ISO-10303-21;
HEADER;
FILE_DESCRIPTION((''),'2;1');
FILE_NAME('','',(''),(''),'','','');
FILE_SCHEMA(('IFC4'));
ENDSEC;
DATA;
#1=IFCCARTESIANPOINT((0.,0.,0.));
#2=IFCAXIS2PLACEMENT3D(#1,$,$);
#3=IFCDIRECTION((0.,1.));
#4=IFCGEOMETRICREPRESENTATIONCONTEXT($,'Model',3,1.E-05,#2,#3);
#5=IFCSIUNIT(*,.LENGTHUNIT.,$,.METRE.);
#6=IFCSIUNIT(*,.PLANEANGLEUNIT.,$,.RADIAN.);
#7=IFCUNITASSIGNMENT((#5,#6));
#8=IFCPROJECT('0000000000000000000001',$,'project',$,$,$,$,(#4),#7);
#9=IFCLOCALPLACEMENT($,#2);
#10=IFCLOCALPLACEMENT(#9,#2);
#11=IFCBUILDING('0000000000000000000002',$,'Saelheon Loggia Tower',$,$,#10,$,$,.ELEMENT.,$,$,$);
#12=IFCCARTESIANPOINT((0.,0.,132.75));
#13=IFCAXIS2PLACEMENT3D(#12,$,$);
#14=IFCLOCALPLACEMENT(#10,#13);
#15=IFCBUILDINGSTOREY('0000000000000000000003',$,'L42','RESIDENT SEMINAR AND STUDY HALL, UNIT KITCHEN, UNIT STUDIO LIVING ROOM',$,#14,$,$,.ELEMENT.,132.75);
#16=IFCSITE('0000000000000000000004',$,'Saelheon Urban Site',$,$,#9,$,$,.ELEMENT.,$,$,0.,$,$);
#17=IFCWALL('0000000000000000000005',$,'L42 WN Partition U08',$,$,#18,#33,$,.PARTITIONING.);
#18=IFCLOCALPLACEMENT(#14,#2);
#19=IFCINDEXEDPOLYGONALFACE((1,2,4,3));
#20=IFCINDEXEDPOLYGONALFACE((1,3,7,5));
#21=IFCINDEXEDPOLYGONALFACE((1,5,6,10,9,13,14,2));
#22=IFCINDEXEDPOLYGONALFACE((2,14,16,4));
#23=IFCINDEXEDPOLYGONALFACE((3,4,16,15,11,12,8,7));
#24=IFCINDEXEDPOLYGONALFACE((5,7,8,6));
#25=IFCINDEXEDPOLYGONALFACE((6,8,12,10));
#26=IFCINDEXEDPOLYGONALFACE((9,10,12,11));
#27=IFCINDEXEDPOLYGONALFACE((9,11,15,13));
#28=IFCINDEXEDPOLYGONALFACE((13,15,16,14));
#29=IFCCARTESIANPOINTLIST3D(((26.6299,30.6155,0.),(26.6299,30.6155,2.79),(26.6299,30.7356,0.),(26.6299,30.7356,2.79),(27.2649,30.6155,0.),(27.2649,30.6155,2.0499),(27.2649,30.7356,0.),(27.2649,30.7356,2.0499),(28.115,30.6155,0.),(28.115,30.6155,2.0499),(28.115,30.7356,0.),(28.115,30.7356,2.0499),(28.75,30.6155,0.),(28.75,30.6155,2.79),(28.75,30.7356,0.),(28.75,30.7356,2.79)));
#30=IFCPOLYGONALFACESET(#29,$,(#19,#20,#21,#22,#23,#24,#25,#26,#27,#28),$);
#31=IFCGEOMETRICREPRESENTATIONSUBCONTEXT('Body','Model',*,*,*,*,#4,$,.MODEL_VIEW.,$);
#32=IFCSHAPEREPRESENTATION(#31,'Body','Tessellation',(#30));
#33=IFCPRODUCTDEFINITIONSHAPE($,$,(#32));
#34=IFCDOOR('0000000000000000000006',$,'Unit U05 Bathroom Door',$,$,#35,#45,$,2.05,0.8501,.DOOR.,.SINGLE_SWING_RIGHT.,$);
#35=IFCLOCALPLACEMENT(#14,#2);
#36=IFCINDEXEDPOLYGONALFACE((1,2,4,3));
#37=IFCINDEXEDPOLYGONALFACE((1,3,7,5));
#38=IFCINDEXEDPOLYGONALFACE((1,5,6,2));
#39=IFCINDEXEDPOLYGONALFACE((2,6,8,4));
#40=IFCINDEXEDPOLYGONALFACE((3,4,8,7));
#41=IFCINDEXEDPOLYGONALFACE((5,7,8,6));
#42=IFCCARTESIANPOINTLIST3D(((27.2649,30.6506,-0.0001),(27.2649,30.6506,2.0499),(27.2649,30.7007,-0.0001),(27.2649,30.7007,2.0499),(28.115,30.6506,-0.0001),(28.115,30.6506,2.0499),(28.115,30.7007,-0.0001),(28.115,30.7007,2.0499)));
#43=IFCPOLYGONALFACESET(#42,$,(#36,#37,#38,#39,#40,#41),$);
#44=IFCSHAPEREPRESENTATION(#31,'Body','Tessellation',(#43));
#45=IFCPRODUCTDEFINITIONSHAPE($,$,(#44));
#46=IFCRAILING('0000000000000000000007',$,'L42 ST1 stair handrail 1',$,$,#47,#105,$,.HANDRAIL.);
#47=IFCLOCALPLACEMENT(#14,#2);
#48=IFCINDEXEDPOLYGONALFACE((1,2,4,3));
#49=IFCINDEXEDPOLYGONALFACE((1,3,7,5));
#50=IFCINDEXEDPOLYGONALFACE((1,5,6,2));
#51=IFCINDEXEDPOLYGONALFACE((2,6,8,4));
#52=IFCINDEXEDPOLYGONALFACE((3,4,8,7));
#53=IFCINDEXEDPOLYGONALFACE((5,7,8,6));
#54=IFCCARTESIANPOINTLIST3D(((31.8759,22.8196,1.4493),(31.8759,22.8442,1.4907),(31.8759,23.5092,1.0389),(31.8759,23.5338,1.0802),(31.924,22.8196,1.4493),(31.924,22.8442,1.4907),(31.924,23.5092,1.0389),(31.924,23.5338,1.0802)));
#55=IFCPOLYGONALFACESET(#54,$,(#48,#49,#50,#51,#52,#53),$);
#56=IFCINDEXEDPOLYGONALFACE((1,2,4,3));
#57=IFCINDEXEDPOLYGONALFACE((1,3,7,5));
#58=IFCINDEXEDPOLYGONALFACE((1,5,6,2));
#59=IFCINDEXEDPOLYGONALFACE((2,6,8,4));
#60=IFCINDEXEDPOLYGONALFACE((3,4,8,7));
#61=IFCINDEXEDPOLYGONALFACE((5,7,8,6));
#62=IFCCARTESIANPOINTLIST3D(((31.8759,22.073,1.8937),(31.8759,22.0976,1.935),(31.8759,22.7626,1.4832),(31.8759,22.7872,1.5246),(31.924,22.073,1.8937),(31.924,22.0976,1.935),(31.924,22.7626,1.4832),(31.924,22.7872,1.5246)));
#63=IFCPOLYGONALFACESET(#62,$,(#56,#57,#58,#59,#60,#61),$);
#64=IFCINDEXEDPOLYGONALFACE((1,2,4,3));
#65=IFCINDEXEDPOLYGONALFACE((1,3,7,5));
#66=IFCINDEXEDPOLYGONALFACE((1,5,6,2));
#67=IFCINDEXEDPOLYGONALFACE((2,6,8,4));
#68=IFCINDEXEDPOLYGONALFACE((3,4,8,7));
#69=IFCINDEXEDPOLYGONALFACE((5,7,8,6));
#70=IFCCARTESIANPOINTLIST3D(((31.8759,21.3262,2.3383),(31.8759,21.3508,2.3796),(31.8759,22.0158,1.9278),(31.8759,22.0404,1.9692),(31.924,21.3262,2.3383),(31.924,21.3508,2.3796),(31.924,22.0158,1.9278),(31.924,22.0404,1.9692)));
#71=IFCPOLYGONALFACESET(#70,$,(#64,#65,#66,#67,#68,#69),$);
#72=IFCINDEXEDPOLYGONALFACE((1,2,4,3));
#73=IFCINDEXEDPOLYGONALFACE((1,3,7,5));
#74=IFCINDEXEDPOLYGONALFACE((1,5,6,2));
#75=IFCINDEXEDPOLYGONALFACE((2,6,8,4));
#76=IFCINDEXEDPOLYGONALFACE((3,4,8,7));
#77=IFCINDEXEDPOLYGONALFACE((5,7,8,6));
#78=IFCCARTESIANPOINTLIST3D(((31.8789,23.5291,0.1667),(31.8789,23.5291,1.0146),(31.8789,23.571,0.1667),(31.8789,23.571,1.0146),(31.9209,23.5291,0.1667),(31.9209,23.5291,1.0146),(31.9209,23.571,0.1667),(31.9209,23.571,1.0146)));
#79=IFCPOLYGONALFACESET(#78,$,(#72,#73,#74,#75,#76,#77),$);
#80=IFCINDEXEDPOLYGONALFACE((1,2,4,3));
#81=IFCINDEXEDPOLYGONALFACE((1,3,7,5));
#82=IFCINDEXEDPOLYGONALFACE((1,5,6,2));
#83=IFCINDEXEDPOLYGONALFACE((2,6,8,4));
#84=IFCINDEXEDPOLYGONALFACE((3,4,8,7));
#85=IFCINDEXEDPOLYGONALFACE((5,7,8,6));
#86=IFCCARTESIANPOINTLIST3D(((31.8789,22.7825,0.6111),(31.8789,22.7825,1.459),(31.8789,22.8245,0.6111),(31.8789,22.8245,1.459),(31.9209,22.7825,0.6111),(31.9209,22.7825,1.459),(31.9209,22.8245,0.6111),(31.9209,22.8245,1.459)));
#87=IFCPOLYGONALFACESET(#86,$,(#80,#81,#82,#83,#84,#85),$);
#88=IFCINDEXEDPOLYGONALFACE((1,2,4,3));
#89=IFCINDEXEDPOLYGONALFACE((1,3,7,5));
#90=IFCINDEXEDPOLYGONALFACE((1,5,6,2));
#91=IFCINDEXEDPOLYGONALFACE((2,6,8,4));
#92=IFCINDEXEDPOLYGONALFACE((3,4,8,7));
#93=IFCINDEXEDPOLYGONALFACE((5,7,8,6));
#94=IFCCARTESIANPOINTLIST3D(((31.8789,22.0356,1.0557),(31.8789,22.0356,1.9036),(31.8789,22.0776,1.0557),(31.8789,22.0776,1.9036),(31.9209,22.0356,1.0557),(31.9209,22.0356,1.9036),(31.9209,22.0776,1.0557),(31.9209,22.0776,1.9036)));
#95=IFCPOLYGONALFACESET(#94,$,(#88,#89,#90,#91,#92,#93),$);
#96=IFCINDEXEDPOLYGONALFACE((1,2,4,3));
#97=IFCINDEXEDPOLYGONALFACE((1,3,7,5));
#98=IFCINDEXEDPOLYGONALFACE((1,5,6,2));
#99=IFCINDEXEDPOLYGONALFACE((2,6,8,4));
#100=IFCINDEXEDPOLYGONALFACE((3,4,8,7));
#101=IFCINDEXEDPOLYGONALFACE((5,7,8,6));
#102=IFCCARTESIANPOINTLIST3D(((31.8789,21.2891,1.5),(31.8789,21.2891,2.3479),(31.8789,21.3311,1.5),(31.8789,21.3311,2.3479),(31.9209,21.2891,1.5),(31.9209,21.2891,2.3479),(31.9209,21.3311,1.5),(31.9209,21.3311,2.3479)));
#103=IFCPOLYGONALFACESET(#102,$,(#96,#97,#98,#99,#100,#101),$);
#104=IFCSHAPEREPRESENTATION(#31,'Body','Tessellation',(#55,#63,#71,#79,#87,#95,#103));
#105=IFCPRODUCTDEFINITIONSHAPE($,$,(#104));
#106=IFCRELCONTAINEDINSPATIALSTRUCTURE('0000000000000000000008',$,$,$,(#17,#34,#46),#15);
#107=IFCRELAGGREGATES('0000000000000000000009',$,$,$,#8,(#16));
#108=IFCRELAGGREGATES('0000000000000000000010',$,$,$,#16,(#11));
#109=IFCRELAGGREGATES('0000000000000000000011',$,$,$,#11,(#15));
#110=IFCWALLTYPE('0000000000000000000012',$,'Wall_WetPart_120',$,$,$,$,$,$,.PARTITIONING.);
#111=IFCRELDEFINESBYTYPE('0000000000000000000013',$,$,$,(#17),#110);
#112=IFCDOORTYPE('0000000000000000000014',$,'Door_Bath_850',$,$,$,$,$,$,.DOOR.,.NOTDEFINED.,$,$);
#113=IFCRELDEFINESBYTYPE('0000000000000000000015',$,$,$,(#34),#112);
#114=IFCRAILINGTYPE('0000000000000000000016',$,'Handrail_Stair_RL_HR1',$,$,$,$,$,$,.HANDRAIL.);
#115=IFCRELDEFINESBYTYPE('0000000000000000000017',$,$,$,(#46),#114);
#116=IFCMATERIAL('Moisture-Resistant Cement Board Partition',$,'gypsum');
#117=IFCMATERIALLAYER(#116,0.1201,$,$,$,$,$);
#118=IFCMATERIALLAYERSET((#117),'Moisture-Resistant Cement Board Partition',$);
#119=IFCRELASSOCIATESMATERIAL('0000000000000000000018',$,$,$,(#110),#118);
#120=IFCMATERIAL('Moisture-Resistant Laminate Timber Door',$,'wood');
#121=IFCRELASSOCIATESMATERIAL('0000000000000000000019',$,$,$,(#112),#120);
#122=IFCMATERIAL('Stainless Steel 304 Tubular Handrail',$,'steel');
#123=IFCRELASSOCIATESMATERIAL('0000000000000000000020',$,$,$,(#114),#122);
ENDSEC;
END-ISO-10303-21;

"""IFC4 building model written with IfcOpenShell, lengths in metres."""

from ifc_helpers import new_model, si_unit, direction, frame, frame_2d, origin, origin_2d, place, context, subcontext, project, spatial, rectangle, extrude, source, transform, mapped, material, layer, layer_set, type_object, element, fill, save


model = new_model("IFC4")

# Units and contexts
model_context = context("Model", 3, precision=1e-05, world=origin(), true_north=direction((0.0, 1.0)))
body_context = subcontext(model_context, "Body", "Model", "MODEL_VIEW")
ifc_project = project(units=[si_unit("LENGTHUNIT", "METRE"), si_unit("PLANEANGLEUNIT", "RADIAN")], contexts=[model_context])

# Site, building, storey
site_placement = place(None, origin())
site = spatial("IfcSite", under=ifc_project, at=site_placement, Name="Saelheon Urban Site", CompositionType="ELEMENT", RefElevation=0.0)
building_placement = place(site_placement, origin())
building = spatial("IfcBuilding", under=site, at=building_placement, Name="Saelheon Loggia Tower", CompositionType="ELEMENT")
storey_placement = place(building_placement, frame((0.0, 0.0, 132.75)))
storey = spatial("IfcBuildingStorey", under=building, at=storey_placement, Name="L42", Description="RESIDENT SEMINAR AND STUDY HALL, UNIT KITCHEN, UNIT STUDIO LIVING ROOM", CompositionType="ELEMENT", Elevation=132.75)

# Wall, opening, door
ifc_material_1 = material(Name="Moisture-Resistant Cement Board Partition", Category="gypsum")
ifc_layer_1 = layer(ifc_material_1, 0.1201)
ifc_layer_set_1 = layer_set([ifc_layer_1], Name="Moisture-Resistant Cement Board Partition")
wall_type_1 = type_object("IfcWallType", Name="Wall_WetPart_120", PredefinedType="PARTITIONING", material=ifc_layer_set_1)
wall_1_placement = place(storey_placement, frame((28.75, 30.6755, 0.0), z_axis=(0.0, 0.0, 1.0), x_axis=(-1.0, 0.0, 0.0)))
wall_1 = element("IfcWall", 1, at=wall_1_placement, inside=storey, type_object=wall_type_1, Name="L42 WN Partition U08", PredefinedType="PARTITIONING", context=body_context, shape_type="SweptSolid", body=[
    extrude(rectangle(XDim=2.1201, YDim=0.1201, at=frame_2d((1.0601, 0.0))), origin(), (0.0, 0.0, 1.0), 2.79),
])
opening_1_placement = place(wall_1_placement, frame((0.635, 0.0, 0.0)))
opening_1 = element("IfcOpeningElement", 2, at=opening_1_placement, cuts=wall_1, PredefinedType="OPENING", context=body_context, shape_type="SweptSolid", body=[
    extrude(rectangle(XDim=0.8501, YDim=2.05, at=frame_2d((0.425, 1.0249))), frame((0.0, 0.072, 0.0), z_axis=(0.0, -1.0, 0.0), x_axis=(1.0, 0.0, 0.0)), (0.0, 0.0, 1.0), 0.144),
])
ifc_material_2 = material(Name="Moisture-Resistant Laminate Timber Door", Category="wood")
door_type_1 = type_object("IfcDoorType", Name="Door_Bath_850", OperationType="NOTDEFINED", PredefinedType="DOOR", material=ifc_material_2)
shared_shape_1 = source(origin(), body_context, "Body", "SweptSolid", [
    extrude(rectangle(XDim=0.8501, YDim=2.05, at=frame_2d((0.425, 1.0249))), frame((0.0, 0.0249, 0.0), z_axis=(0.0, -1.0, 0.0), x_axis=(1.0, 0.0, 0.0)), (0.0, 0.0, 1.0), 0.05),
])
door_1_placement = place(opening_1_placement, origin())
door_1 = element("IfcDoor", 3, at=door_1_placement, inside=storey, type_object=door_type_1, Name="Unit U05 Bathroom Door", OperationType="SINGLE_SWING_RIGHT", OverallHeight=2.05, OverallWidth=0.8501, PredefinedType="DOOR", context=body_context, shape_type="MappedRepresentation", body=[
    mapped(shared_shape_1, transform((0.0, 0.0, 0.0), scale=1.0)),
])
fill(opening_1, door_1)

# Railing
ifc_material_3 = material(Name="Stainless Steel 304 Tubular Handrail", Category="steel")
railing_type = type_object("IfcRailingType", Name="Handrail_Stair_RL_HR1", PredefinedType="HANDRAIL", material=ifc_material_3)
railing_placement = place(storey_placement, frame((31.8999, 23.55, 0.1667)))
element("IfcRailing", 4, at=railing_placement, inside=storey, type_object=railing_type, Name="L42 ST1 stair handrail 1", PredefinedType="HANDRAIL", context=body_context, shape_type="SweptSolid", body=[
    extrude(rectangle(XDim=0.0481, YDim=0.0481, at=origin_2d()), frame((0.0, -0.0286, 0.8928), z_axis=(0.0, -0.859306, 0.511462), x_axis=(1.0, 0.0, 0.0)), (0.0, 0.0, 1.0), 0.8025),
    extrude(rectangle(XDim=0.0481, YDim=0.0481, at=origin_2d()), frame((0.0, -0.7751, 1.3372), z_axis=(0.0, -0.859306, 0.511462), x_axis=(1.0, 0.0, 0.0)), (0.0, 0.0, 1.0), 0.8025),
    extrude(rectangle(XDim=0.0481, YDim=0.0481, at=origin_2d()), frame((0.0, -1.522, 1.7817), z_axis=(0.0, -0.859306, 0.511462), x_axis=(1.0, 0.0, 0.0)), (0.0, 0.0, 1.0), 0.8025),
    extrude(rectangle(XDim=0.042, YDim=0.042, at=origin_2d()), origin(), (0.0, 0.0, 1.0), 0.8479),
    extrude(rectangle(XDim=0.042, YDim=0.042, at=origin_2d()), frame((0.0, -0.7466, 0.4443)), (0.0, 0.0, 1.0), 0.8479),
    extrude(rectangle(XDim=0.042, YDim=0.042, at=origin_2d()), frame((0.0, -1.4934, 0.8889)), (0.0, 0.0, 1.0), 0.8479),
    extrude(rectangle(XDim=0.042, YDim=0.042, at=origin_2d()), frame((0.0, -2.24, 1.3333)), (0.0, 0.0, 1.0), 0.8479),
])

save(model, "model.ifc")
